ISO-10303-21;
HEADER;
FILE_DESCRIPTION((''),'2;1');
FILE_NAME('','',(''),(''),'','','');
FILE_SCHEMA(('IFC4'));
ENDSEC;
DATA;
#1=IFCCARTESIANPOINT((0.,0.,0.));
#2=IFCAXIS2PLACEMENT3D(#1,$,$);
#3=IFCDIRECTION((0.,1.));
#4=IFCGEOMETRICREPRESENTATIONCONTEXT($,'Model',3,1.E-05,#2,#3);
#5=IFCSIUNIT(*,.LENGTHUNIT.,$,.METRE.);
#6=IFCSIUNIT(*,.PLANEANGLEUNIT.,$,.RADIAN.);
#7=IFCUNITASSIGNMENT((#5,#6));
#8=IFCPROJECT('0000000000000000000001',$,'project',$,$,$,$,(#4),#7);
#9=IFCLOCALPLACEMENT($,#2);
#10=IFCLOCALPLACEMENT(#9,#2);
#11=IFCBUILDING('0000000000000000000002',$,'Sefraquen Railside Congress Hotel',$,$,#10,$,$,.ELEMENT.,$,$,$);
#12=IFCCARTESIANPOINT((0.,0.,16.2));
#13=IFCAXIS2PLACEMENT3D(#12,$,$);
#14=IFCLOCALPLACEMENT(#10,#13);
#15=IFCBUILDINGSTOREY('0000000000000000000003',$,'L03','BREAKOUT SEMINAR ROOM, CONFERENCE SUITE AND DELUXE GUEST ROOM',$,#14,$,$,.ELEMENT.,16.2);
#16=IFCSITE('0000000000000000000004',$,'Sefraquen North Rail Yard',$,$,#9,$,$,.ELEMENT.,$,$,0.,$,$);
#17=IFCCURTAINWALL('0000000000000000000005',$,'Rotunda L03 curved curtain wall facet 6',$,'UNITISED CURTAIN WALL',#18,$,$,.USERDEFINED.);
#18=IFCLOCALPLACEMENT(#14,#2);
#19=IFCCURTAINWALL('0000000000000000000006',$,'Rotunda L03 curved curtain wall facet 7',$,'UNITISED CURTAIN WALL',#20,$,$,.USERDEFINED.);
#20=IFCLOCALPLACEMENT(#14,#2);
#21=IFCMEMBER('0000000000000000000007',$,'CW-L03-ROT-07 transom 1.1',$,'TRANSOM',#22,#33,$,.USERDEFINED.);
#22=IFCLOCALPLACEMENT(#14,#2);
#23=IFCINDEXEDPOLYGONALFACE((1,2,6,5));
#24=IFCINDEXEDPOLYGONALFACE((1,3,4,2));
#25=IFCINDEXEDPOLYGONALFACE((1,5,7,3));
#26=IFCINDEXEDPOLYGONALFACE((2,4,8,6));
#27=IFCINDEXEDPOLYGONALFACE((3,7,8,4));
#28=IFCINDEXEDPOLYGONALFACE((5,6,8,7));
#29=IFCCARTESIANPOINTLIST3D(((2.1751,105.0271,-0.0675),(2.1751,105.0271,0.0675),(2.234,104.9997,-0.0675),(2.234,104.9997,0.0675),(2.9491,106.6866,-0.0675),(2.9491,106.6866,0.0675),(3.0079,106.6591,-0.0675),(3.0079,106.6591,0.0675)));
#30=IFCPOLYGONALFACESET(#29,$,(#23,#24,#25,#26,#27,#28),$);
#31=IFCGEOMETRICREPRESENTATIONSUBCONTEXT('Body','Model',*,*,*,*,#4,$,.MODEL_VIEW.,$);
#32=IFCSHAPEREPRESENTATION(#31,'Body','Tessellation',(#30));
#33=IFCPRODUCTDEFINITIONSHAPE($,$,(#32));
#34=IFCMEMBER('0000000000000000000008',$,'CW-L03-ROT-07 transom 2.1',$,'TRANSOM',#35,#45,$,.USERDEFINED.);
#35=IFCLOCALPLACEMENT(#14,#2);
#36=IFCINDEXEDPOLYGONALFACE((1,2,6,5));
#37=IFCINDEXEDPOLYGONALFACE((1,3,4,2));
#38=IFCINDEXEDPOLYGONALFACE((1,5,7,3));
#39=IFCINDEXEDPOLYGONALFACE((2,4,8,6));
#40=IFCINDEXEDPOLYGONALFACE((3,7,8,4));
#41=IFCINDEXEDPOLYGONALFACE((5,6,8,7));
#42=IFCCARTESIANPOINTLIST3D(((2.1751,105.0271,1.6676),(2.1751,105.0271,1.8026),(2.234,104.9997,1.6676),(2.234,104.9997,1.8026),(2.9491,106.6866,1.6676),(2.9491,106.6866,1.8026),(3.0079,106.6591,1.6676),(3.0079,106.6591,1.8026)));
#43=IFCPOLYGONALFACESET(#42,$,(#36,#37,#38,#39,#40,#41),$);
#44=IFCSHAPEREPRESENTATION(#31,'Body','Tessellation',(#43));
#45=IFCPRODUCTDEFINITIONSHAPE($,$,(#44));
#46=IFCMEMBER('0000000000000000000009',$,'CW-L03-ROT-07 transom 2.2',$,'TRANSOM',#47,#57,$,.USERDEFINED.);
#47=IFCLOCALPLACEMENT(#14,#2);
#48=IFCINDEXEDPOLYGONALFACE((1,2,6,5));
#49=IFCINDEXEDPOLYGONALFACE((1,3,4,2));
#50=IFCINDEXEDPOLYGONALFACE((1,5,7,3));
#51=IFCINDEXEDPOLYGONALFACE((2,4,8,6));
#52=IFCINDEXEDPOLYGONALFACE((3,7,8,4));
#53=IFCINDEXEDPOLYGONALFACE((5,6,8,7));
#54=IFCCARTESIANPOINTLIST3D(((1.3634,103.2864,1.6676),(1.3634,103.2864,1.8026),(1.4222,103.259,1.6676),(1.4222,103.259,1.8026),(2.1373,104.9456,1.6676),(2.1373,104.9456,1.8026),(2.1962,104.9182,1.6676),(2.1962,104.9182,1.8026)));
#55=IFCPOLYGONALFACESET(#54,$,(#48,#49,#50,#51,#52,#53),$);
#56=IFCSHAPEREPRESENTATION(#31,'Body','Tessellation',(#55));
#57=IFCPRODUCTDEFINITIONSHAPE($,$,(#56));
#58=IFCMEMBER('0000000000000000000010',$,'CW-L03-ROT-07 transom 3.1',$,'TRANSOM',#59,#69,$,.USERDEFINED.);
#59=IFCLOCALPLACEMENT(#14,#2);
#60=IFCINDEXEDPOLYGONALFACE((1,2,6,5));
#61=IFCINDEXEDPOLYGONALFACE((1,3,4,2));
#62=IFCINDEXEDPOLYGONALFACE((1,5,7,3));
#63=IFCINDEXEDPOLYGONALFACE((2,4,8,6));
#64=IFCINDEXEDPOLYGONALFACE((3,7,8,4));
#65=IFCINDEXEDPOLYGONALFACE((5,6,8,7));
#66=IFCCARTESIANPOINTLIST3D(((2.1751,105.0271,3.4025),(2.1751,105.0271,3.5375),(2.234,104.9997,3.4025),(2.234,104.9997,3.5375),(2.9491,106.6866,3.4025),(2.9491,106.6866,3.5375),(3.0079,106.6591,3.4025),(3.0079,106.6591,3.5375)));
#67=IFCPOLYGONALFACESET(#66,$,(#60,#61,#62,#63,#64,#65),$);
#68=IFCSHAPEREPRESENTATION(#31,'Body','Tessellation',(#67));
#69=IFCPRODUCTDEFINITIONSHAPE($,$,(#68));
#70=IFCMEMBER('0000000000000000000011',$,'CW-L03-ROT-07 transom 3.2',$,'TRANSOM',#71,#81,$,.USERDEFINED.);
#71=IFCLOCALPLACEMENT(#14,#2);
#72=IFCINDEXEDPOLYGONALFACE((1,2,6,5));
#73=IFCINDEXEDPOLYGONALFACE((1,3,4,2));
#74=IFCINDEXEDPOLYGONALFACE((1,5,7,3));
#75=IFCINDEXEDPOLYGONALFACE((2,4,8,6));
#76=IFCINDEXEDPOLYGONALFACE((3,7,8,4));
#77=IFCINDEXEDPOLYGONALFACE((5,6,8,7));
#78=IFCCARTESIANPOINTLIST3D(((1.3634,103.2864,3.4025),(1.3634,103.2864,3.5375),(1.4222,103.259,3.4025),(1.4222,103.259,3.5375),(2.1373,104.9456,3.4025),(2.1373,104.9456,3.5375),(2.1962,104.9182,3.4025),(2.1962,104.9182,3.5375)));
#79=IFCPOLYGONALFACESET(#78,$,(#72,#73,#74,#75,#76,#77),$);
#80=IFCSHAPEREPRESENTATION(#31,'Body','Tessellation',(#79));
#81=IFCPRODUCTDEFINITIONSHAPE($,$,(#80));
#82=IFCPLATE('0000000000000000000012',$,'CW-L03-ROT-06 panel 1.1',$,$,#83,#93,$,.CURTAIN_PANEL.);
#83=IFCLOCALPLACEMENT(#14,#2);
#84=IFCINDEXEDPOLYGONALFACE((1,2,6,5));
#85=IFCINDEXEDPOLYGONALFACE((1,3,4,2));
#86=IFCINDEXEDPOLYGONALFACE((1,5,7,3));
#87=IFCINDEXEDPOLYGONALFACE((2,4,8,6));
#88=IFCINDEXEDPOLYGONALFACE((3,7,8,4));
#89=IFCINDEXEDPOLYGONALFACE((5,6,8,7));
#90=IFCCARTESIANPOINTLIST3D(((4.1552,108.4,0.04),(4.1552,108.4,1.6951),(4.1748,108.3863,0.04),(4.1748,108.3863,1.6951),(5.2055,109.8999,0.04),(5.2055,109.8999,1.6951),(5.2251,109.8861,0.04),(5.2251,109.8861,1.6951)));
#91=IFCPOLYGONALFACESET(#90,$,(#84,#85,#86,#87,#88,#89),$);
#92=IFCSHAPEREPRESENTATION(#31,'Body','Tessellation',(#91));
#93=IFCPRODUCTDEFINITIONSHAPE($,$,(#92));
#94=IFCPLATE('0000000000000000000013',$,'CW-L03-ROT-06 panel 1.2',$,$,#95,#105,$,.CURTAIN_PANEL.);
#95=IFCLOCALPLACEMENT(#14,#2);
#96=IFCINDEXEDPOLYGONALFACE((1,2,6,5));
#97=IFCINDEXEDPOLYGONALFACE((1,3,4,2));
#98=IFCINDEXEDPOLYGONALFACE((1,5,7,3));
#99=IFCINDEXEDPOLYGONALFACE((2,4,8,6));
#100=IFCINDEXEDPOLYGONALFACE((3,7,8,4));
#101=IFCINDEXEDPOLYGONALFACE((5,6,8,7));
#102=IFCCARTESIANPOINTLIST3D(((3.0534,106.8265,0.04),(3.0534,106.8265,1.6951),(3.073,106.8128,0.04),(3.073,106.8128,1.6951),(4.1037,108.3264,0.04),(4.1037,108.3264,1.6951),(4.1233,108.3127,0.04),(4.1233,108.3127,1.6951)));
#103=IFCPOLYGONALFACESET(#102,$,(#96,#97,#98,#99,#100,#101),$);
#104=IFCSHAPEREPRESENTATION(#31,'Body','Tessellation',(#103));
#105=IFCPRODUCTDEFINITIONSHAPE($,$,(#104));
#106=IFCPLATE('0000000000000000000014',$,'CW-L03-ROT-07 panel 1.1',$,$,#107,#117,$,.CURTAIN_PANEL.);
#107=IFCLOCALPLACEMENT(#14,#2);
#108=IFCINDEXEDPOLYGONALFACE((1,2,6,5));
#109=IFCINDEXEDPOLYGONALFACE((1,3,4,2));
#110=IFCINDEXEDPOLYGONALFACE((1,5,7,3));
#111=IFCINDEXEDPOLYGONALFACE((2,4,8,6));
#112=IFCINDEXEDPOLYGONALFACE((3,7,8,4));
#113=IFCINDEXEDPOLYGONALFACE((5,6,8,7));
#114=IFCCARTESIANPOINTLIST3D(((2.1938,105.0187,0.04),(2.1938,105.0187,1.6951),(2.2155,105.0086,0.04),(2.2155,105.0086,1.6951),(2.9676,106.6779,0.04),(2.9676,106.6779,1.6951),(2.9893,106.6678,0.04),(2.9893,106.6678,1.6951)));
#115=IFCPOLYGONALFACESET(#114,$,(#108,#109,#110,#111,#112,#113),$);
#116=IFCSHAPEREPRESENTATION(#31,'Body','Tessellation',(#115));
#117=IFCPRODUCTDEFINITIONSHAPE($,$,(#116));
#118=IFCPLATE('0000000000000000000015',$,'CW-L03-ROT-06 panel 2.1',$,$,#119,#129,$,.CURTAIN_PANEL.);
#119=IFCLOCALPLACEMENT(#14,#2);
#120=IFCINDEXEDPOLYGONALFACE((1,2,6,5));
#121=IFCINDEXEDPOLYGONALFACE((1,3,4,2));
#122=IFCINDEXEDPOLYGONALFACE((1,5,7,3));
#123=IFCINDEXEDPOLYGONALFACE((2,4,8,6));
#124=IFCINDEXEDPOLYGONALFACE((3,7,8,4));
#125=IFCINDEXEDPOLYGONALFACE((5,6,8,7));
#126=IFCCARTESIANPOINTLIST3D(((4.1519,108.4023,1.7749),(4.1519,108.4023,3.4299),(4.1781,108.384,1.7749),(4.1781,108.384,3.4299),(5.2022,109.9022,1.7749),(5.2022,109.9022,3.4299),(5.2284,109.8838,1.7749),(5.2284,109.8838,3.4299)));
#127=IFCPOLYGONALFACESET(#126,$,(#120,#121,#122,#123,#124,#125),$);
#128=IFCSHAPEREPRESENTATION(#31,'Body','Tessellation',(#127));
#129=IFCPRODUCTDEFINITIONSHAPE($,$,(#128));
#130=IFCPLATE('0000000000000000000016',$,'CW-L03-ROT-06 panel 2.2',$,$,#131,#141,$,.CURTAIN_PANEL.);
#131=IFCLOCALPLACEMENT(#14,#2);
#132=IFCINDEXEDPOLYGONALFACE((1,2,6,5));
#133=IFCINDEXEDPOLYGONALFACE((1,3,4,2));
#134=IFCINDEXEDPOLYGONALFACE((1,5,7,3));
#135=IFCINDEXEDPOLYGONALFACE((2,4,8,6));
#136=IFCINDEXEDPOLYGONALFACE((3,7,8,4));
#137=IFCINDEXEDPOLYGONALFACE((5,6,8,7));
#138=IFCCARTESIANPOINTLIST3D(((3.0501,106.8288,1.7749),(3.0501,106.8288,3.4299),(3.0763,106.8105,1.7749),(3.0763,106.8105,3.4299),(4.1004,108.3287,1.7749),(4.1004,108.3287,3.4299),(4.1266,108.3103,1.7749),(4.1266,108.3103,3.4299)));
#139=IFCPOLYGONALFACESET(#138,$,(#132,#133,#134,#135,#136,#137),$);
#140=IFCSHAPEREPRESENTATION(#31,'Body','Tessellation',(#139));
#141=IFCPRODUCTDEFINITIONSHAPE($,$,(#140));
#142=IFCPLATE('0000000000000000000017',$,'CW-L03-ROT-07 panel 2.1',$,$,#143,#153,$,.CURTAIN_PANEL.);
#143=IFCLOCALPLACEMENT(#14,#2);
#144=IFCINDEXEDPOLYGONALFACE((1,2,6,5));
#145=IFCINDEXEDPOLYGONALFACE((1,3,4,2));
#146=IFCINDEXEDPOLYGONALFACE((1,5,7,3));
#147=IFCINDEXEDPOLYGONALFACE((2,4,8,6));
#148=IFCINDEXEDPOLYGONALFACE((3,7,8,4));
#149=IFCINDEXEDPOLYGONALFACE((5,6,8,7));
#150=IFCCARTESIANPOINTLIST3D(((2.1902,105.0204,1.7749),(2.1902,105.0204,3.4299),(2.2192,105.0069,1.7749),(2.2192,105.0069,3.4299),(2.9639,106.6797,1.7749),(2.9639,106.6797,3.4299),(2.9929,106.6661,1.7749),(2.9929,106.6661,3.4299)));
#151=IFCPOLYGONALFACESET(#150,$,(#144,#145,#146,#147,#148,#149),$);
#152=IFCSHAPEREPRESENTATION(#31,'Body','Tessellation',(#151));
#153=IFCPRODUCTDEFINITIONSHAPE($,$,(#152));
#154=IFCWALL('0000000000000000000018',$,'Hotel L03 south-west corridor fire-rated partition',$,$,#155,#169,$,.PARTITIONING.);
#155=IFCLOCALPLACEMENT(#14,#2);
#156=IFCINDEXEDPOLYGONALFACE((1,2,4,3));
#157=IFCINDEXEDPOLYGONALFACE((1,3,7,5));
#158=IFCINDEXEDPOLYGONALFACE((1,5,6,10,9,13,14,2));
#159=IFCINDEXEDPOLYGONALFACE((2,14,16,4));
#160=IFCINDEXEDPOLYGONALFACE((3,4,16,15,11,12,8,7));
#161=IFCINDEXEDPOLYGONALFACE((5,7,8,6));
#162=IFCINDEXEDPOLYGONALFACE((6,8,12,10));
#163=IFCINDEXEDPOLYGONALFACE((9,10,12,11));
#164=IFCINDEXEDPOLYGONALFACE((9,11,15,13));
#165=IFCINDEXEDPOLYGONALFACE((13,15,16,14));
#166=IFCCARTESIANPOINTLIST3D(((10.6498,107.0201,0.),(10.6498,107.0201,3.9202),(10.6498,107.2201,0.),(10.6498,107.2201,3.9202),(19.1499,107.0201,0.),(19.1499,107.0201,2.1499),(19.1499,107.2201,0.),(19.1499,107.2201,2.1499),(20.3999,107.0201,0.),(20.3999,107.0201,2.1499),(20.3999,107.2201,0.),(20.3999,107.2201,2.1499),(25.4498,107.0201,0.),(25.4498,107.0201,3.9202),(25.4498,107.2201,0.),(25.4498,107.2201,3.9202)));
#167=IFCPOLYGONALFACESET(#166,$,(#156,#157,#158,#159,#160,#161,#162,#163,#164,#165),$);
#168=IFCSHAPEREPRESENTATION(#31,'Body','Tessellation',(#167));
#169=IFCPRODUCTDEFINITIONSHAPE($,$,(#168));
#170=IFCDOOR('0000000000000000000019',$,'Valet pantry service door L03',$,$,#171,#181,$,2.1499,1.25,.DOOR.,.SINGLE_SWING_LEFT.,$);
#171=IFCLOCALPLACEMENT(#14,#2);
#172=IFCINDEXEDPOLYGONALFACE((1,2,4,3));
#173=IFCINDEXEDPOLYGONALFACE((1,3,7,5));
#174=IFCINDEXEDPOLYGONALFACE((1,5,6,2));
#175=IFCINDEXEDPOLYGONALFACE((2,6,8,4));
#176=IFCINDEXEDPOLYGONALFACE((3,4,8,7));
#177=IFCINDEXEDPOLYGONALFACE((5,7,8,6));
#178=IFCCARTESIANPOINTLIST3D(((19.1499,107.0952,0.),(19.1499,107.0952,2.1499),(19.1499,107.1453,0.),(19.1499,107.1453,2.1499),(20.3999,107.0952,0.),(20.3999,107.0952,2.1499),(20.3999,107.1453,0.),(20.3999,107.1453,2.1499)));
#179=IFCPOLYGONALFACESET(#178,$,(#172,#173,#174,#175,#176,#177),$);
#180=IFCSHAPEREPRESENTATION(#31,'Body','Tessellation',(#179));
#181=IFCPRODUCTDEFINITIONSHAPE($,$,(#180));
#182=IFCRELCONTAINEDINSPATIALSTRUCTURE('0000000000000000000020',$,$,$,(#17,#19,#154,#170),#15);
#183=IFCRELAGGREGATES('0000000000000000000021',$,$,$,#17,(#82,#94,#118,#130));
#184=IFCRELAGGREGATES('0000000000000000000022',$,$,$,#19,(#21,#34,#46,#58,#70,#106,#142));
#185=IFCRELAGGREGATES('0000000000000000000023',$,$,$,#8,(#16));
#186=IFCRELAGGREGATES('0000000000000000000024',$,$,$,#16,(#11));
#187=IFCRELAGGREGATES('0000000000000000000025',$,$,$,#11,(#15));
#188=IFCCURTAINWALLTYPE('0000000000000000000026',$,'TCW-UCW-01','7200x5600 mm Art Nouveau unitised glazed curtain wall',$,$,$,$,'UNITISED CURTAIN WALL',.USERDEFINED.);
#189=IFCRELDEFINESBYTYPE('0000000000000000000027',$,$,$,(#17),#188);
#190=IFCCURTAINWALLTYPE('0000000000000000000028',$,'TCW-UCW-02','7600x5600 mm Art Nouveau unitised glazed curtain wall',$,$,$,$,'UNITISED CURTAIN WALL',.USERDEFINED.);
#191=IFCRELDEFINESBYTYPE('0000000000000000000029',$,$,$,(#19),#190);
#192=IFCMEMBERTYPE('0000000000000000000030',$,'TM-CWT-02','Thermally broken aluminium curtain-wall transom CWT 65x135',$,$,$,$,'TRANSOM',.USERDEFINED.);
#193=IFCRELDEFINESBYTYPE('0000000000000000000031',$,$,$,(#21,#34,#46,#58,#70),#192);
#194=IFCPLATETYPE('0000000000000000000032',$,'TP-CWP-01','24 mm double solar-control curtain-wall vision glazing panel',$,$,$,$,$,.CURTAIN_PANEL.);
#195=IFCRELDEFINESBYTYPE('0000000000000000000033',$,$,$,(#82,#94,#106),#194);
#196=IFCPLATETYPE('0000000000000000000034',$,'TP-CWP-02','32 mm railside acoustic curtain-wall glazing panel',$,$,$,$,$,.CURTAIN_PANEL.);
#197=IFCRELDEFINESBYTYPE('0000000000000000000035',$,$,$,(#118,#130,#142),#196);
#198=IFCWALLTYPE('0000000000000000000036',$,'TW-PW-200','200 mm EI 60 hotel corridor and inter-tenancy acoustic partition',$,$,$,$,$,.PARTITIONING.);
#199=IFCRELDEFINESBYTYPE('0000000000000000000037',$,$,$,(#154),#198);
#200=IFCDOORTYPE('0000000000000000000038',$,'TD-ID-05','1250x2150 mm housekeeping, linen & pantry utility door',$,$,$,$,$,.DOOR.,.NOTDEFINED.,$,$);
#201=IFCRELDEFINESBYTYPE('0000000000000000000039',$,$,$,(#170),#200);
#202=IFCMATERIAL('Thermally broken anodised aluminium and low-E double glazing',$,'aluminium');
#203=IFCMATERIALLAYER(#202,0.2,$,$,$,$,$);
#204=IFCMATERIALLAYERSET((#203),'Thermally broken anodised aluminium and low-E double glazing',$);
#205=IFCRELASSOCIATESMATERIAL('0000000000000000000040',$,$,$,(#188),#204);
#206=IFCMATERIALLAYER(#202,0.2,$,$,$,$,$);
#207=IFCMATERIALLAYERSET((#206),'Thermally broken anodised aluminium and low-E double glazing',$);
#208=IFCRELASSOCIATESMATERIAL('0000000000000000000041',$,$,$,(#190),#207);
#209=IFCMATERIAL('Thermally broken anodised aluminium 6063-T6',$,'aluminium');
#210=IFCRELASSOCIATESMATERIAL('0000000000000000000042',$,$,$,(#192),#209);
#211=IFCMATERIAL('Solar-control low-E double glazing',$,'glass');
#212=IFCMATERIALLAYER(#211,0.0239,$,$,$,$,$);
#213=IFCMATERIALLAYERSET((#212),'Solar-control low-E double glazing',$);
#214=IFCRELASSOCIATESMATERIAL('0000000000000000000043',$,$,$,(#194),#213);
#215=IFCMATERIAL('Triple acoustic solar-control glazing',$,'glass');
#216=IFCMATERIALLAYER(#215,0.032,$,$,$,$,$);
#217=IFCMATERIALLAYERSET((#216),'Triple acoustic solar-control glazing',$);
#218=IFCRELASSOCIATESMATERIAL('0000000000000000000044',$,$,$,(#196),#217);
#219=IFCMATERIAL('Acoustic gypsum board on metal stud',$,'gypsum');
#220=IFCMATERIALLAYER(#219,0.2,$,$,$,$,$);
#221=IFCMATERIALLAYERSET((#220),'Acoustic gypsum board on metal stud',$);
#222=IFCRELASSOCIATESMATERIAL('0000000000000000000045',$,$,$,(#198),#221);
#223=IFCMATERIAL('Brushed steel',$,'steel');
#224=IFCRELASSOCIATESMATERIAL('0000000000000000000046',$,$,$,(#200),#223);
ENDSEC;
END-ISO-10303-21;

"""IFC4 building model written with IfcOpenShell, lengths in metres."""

from ifc_helpers import new_model, si_unit, direction, frame, frame_2d, origin, origin_2d, place, context, subcontext, project, spatial, rectangle, extrude, material, layer, layer_set, material_profile, profile_set, type_object, element, fill, aggregate, save


model = new_model("IFC4")

# Units and contexts
model_context = context("Model", 3, precision=1e-05, world=origin(), true_north=direction((0.0, 1.0)))
body_context = subcontext(model_context, "Body", "Model", "MODEL_VIEW")
ifc_project = project(units=[si_unit("LENGTHUNIT", "METRE"), si_unit("PLANEANGLEUNIT", "RADIAN")], contexts=[model_context])

# Site, building, storey
site_placement = place(None, origin())
site = spatial("IfcSite", under=ifc_project, at=site_placement, Name="Sefraquen North Rail Yard", CompositionType="ELEMENT", RefElevation=0.0)
building_placement = place(site_placement, origin())
building = spatial("IfcBuilding", under=site, at=building_placement, Name="Sefraquen Railside Congress Hotel", CompositionType="ELEMENT")
storey_placement = place(building_placement, frame((0.0, 0.0, 16.2)))
storey = spatial("IfcBuildingStorey", under=building, at=storey_placement, Name="L03", Description="BREAKOUT SEMINAR ROOM, CONFERENCE SUITE AND DELUXE GUEST ROOM", CompositionType="ELEMENT", Elevation=16.2)

# Curtain walls
ifc_material_1 = material(Name="Thermally broken anodised aluminium and low-E double glazing", Category="aluminium")
ifc_layer_1 = layer(ifc_material_1, 0.2)
ifc_layer_set_1 = layer_set([ifc_layer_1], Name="Thermally broken anodised aluminium and low-E double glazing")
curtain_wall_type_1 = type_object("IfcCurtainWallType", Name="TCW-UCW-01", Description="7200x5600 mm Art Nouveau unitised glazed curtain wall", ElementType="UNITISED CURTAIN WALL", PredefinedType="USERDEFINED", material=ifc_layer_set_1)
curtain_wall_1_placement = place(storey_placement, origin())
curtain_wall_1 = element("IfcCurtainWall", 1, at=curtain_wall_1_placement, inside=storey, type_object=curtain_wall_type_1, Name="Rotunda L03 curved curtain wall facet 6", ObjectType="UNITISED CURTAIN WALL", PredefinedType="USERDEFINED")
ifc_material_2 = material(Name="Thermally broken anodised aluminium 6063-T6", Category="aluminium")
ifc_layer_2 = layer(ifc_material_1, 0.2)
ifc_layer_set_2 = layer_set([ifc_layer_2], Name="Thermally broken anodised aluminium and low-E double glazing")
curtain_wall_type_2 = type_object("IfcCurtainWallType", Name="TCW-UCW-02", Description="7600x5600 mm Art Nouveau unitised glazed curtain wall", ElementType="UNITISED CURTAIN WALL", PredefinedType="USERDEFINED", material=ifc_layer_set_2)
curtain_wall_2_placement = place(storey_placement, origin())
curtain_wall_2 = element("IfcCurtainWall", 2, at=curtain_wall_2_placement, inside=storey, type_object=curtain_wall_type_2, Name="Rotunda L03 curved curtain wall facet 7", ObjectType="UNITISED CURTAIN WALL", PredefinedType="USERDEFINED")

# Members
ifc_material_profile_1 = material_profile(ifc_material_2, rectangle(XDim=0.0649, YDim=0.135, at=origin_2d()), Name="CWT 65x135")
ifc_profile_set_1 = profile_set([ifc_material_profile_1], Name="Thermally broken anodised aluminium 6063-T6")
member_type_1 = type_object("IfcMemberType", Name="TM-CWT-02", Description="Thermally broken aluminium curtain-wall transom CWT 65x135", ElementType="TRANSOM", PredefinedType="USERDEFINED", material=ifc_profile_set_1)
member_1_placement = place(storey_placement, frame((2.9785, 106.6729, 0.0), z_axis=(-0.422674, -0.906282, 0.0), x_axis=(0.906282, -0.422674, 0.0)))
member_1 = element("IfcMember", 3, at=member_1_placement, type_object=member_type_1, Name="CW-L03-ROT-07 transom 1.1", ObjectType="TRANSOM", PredefinedType="USERDEFINED", context=body_context, shape_type="SweptSolid", body=[
    extrude(rectangle(XDim=0.0649, YDim=0.135, at=origin_2d()), origin(), (0.0, 0.0, 1.0), 1.8311),
])
member_2_placement = place(storey_placement, frame((2.9785, 106.6729, 1.7351), z_axis=(-0.422674, -0.906282, 0.0), x_axis=(0.906282, -0.422674, 0.0)))
member_2 = element("IfcMember", 4, at=member_2_placement, type_object=member_type_1, Name="CW-L03-ROT-07 transom 2.1", ObjectType="TRANSOM", PredefinedType="USERDEFINED", context=body_context, shape_type="SweptSolid", body=[
    extrude(rectangle(XDim=0.0649, YDim=0.135, at=origin_2d()), origin(), (0.0, 0.0, 1.0), 1.8311),
])
member_3_placement = place(storey_placement, frame((2.1667, 104.9319, 1.7351), z_axis=(-0.422725, -0.906258, 0.0), x_axis=(0.906258, -0.422725, 0.0)))
member_3 = element("IfcMember", 5, at=member_3_placement, type_object=member_type_1, Name="CW-L03-ROT-07 transom 2.2", ObjectType="TRANSOM", PredefinedType="USERDEFINED", context=body_context, shape_type="SweptSolid", body=[
    extrude(rectangle(XDim=0.0649, YDim=0.135, at=origin_2d()), origin(), (0.0, 0.0, 1.0), 1.8308),
])
member_4_placement = place(storey_placement, frame((2.9785, 106.6729, 3.47), z_axis=(-0.422674, -0.906282, 0.0), x_axis=(0.906282, -0.422674, 0.0)))
member_4 = element("IfcMember", 6, at=member_4_placement, type_object=member_type_1, Name="CW-L03-ROT-07 transom 3.1", ObjectType="TRANSOM", PredefinedType="USERDEFINED", context=body_context, shape_type="SweptSolid", body=[
    extrude(rectangle(XDim=0.0649, YDim=0.135, at=origin_2d()), origin(), (0.0, 0.0, 1.0), 1.8311),
])
member_5_placement = place(storey_placement, frame((2.1667, 104.9319, 3.47), z_axis=(-0.422725, -0.906258, 0.0), x_axis=(0.906258, -0.422725, 0.0)))
member_5 = element("IfcMember", 7, at=member_5_placement, type_object=member_type_1, Name="CW-L03-ROT-07 transom 3.2", ObjectType="TRANSOM", PredefinedType="USERDEFINED", context=body_context, shape_type="SweptSolid", body=[
    extrude(rectangle(XDim=0.0649, YDim=0.135, at=origin_2d()), origin(), (0.0, 0.0, 1.0), 1.8308),
])

# Plates
ifc_material_3 = material(Name="Solar-control low-E double glazing", Category="glass")
ifc_layer_3 = layer(ifc_material_3, 0.0239)
ifc_layer_set_3 = layer_set([ifc_layer_3], Name="Solar-control low-E double glazing")
plate_type_1 = type_object("IfcPlateType", Name="TP-CWP-01", Description="24 mm double solar-control curtain-wall vision glazing panel", PredefinedType="CURTAIN_PANEL", material=ifc_layer_set_3)
plate_1_placement = place(storey_placement, frame((4.6902, 109.1431, 0.04), z_axis=(0.0, 0.0, 1.0), x_axis=(-0.573605, -0.819132, 0.0)))
plate_1 = element("IfcPlate", 8, at=plate_1_placement, type_object=plate_type_1, Name="CW-L03-ROT-06 panel 1.1", PredefinedType="CURTAIN_PANEL", context=body_context, shape_type="SweptSolid", body=[
    extrude(rectangle(XDim=1.8311, YDim=0.0239, at=origin_2d()), origin(), (0.0, 0.0, 1.0), 1.655),
])
plate_2_placement = place(storey_placement, frame((3.5884, 107.5696, 0.04), z_axis=(0.0, 0.0, 1.0), x_axis=(-0.573605, -0.819132, 0.0)))
plate_2 = element("IfcPlate", 9, at=plate_2_placement, type_object=plate_type_1, Name="CW-L03-ROT-06 panel 1.2", PredefinedType="CURTAIN_PANEL", context=body_context, shape_type="SweptSolid", body=[
    extrude(rectangle(XDim=1.8311, YDim=0.0239, at=origin_2d()), origin(), (0.0, 0.0, 1.0), 1.655),
])
plate_3_placement = place(storey_placement, frame((2.5916, 105.8433, 0.04), z_axis=(0.0, 0.0, 1.0), x_axis=(-0.422634, -0.9063, 0.0)))
plate_3 = element("IfcPlate", 10, at=plate_3_placement, type_object=plate_type_1, Name="CW-L03-ROT-07 panel 1.1", PredefinedType="CURTAIN_PANEL", context=body_context, shape_type="SweptSolid", body=[
    extrude(rectangle(XDim=1.8308, YDim=0.0239, at=origin_2d()), origin(), (0.0, 0.0, 1.0), 1.655),
])
ifc_material_4 = material(Name="Triple acoustic solar-control glazing", Category="glass")
ifc_layer_4 = layer(ifc_material_4, 0.032)
ifc_layer_set_4 = layer_set([ifc_layer_4], Name="Triple acoustic solar-control glazing")
plate_type_2 = type_object("IfcPlateType", Name="TP-CWP-02", Description="32 mm railside acoustic curtain-wall glazing panel", PredefinedType="CURTAIN_PANEL", material=ifc_layer_set_4)
plate_4_placement = place(storey_placement, frame((4.6902, 109.1431, 1.7749), z_axis=(0.0, 0.0, 1.0), x_axis=(-0.573605, -0.819132, 0.0)))
plate_4 = element("IfcPlate", 11, at=plate_4_placement, type_object=plate_type_2, Name="CW-L03-ROT-06 panel 2.1", PredefinedType="CURTAIN_PANEL", context=body_context, shape_type="SweptSolid", body=[
    extrude(rectangle(XDim=1.8311, YDim=0.032, at=origin_2d()), origin(), (0.0, 0.0, 1.0), 1.655),
])
plate_5_placement = place(storey_placement, frame((3.5884, 107.5696, 1.7749), z_axis=(0.0, 0.0, 1.0), x_axis=(-0.573605, -0.819132, 0.0)))
plate_5 = element("IfcPlate", 12, at=plate_5_placement, type_object=plate_type_2, Name="CW-L03-ROT-06 panel 2.2", PredefinedType="CURTAIN_PANEL", context=body_context, shape_type="SweptSolid", body=[
    extrude(rectangle(XDim=1.8311, YDim=0.032, at=origin_2d()), origin(), (0.0, 0.0, 1.0), 1.655),
])
aggregate(curtain_wall_1, [plate_1, plate_2, plate_4, plate_5])
plate_6_placement = place(storey_placement, frame((2.5916, 105.8433, 1.7749), z_axis=(0.0, 0.0, 1.0), x_axis=(-0.422634, -0.9063, 0.0)))
plate_6 = element("IfcPlate", 13, at=plate_6_placement, type_object=plate_type_2, Name="CW-L03-ROT-07 panel 2.1", PredefinedType="CURTAIN_PANEL", context=body_context, shape_type="SweptSolid", body=[
    extrude(rectangle(XDim=1.8308, YDim=0.032, at=origin_2d()), origin(), (0.0, 0.0, 1.0), 1.655),
])
aggregate(curtain_wall_2, [member_1, member_2, member_3, member_4, member_5, plate_3, plate_6])

# Wall, opening, door
ifc_material_5 = material(Name="Acoustic gypsum board on metal stud", Category="gypsum")
ifc_layer_5 = layer(ifc_material_5, 0.2)
ifc_layer_set_5 = layer_set([ifc_layer_5], Name="Acoustic gypsum board on metal stud")
wall_type = type_object("IfcWallType", Name="TW-PW-200", Description="200 mm EI 60 hotel corridor and inter-tenancy acoustic partition", PredefinedType="PARTITIONING", material=ifc_layer_set_5)
wall_placement = place(storey_placement, frame((10.6499, 107.1201, 0.0), z_axis=(0.0, 0.0, 1.0), x_axis=(1.0, 0.0, 0.0)))
wall = element("IfcWall", 14, at=wall_placement, inside=storey, type_object=wall_type, Name="Hotel L03 south-west corridor fire-rated partition", PredefinedType="PARTITIONING", context=body_context, shape_type="SweptSolid", body=[
    extrude(rectangle(XDim=14.8, YDim=0.2, at=frame_2d((7.3999, 0.0))), origin(), (0.0, 0.0, 1.0), 3.9202),
])
opening_placement = place(wall_placement, frame((8.5, 0.0, 0.0)))
opening = element("IfcOpeningElement", 15, at=opening_placement, cuts=wall, PredefinedType="OPENING", context=body_context, shape_type="SweptSolid", body=[
    extrude(rectangle(XDim=1.25, YDim=2.1499, at=frame_2d((0.625, 1.075))), frame((0.0, 0.1099, 0.0), z_axis=(0.0, -1.0, 0.0), x_axis=(1.0, 0.0, 0.0)), (0.0, 0.0, 1.0), 0.22),
])
ifc_material_6 = material(Name="Brushed steel", Category="steel")
door_type = type_object("IfcDoorType", Name="TD-ID-05", Description="1250x2150 mm housekeeping, linen & pantry utility door", OperationType="NOTDEFINED", PredefinedType="DOOR", material=ifc_material_6)
door_placement = place(opening_placement, frame((1.25, 0.0, 0.0), z_axis=(0.0, 0.0, 1.0), x_axis=(-1.0, 0.0, 0.0)))
door = element("IfcDoor", 16, at=door_placement, inside=storey, type_object=door_type, Name="Valet pantry service door L03", OperationType="SINGLE_SWING_LEFT", OverallHeight=2.1499, OverallWidth=1.25, PredefinedType="DOOR", context=body_context, shape_type="SweptSolid", body=[
    extrude(rectangle(XDim=1.25, YDim=2.1499, at=frame_2d((0.625, 1.075))), frame((0.0, 0.0249, 0.0), z_axis=(0.0, -1.0, 0.0), x_axis=(1.0, 0.0, 0.0)), (0.0, 0.0, 1.0), 0.05),
])
fill(opening, door)

save(model, "model.ifc")
